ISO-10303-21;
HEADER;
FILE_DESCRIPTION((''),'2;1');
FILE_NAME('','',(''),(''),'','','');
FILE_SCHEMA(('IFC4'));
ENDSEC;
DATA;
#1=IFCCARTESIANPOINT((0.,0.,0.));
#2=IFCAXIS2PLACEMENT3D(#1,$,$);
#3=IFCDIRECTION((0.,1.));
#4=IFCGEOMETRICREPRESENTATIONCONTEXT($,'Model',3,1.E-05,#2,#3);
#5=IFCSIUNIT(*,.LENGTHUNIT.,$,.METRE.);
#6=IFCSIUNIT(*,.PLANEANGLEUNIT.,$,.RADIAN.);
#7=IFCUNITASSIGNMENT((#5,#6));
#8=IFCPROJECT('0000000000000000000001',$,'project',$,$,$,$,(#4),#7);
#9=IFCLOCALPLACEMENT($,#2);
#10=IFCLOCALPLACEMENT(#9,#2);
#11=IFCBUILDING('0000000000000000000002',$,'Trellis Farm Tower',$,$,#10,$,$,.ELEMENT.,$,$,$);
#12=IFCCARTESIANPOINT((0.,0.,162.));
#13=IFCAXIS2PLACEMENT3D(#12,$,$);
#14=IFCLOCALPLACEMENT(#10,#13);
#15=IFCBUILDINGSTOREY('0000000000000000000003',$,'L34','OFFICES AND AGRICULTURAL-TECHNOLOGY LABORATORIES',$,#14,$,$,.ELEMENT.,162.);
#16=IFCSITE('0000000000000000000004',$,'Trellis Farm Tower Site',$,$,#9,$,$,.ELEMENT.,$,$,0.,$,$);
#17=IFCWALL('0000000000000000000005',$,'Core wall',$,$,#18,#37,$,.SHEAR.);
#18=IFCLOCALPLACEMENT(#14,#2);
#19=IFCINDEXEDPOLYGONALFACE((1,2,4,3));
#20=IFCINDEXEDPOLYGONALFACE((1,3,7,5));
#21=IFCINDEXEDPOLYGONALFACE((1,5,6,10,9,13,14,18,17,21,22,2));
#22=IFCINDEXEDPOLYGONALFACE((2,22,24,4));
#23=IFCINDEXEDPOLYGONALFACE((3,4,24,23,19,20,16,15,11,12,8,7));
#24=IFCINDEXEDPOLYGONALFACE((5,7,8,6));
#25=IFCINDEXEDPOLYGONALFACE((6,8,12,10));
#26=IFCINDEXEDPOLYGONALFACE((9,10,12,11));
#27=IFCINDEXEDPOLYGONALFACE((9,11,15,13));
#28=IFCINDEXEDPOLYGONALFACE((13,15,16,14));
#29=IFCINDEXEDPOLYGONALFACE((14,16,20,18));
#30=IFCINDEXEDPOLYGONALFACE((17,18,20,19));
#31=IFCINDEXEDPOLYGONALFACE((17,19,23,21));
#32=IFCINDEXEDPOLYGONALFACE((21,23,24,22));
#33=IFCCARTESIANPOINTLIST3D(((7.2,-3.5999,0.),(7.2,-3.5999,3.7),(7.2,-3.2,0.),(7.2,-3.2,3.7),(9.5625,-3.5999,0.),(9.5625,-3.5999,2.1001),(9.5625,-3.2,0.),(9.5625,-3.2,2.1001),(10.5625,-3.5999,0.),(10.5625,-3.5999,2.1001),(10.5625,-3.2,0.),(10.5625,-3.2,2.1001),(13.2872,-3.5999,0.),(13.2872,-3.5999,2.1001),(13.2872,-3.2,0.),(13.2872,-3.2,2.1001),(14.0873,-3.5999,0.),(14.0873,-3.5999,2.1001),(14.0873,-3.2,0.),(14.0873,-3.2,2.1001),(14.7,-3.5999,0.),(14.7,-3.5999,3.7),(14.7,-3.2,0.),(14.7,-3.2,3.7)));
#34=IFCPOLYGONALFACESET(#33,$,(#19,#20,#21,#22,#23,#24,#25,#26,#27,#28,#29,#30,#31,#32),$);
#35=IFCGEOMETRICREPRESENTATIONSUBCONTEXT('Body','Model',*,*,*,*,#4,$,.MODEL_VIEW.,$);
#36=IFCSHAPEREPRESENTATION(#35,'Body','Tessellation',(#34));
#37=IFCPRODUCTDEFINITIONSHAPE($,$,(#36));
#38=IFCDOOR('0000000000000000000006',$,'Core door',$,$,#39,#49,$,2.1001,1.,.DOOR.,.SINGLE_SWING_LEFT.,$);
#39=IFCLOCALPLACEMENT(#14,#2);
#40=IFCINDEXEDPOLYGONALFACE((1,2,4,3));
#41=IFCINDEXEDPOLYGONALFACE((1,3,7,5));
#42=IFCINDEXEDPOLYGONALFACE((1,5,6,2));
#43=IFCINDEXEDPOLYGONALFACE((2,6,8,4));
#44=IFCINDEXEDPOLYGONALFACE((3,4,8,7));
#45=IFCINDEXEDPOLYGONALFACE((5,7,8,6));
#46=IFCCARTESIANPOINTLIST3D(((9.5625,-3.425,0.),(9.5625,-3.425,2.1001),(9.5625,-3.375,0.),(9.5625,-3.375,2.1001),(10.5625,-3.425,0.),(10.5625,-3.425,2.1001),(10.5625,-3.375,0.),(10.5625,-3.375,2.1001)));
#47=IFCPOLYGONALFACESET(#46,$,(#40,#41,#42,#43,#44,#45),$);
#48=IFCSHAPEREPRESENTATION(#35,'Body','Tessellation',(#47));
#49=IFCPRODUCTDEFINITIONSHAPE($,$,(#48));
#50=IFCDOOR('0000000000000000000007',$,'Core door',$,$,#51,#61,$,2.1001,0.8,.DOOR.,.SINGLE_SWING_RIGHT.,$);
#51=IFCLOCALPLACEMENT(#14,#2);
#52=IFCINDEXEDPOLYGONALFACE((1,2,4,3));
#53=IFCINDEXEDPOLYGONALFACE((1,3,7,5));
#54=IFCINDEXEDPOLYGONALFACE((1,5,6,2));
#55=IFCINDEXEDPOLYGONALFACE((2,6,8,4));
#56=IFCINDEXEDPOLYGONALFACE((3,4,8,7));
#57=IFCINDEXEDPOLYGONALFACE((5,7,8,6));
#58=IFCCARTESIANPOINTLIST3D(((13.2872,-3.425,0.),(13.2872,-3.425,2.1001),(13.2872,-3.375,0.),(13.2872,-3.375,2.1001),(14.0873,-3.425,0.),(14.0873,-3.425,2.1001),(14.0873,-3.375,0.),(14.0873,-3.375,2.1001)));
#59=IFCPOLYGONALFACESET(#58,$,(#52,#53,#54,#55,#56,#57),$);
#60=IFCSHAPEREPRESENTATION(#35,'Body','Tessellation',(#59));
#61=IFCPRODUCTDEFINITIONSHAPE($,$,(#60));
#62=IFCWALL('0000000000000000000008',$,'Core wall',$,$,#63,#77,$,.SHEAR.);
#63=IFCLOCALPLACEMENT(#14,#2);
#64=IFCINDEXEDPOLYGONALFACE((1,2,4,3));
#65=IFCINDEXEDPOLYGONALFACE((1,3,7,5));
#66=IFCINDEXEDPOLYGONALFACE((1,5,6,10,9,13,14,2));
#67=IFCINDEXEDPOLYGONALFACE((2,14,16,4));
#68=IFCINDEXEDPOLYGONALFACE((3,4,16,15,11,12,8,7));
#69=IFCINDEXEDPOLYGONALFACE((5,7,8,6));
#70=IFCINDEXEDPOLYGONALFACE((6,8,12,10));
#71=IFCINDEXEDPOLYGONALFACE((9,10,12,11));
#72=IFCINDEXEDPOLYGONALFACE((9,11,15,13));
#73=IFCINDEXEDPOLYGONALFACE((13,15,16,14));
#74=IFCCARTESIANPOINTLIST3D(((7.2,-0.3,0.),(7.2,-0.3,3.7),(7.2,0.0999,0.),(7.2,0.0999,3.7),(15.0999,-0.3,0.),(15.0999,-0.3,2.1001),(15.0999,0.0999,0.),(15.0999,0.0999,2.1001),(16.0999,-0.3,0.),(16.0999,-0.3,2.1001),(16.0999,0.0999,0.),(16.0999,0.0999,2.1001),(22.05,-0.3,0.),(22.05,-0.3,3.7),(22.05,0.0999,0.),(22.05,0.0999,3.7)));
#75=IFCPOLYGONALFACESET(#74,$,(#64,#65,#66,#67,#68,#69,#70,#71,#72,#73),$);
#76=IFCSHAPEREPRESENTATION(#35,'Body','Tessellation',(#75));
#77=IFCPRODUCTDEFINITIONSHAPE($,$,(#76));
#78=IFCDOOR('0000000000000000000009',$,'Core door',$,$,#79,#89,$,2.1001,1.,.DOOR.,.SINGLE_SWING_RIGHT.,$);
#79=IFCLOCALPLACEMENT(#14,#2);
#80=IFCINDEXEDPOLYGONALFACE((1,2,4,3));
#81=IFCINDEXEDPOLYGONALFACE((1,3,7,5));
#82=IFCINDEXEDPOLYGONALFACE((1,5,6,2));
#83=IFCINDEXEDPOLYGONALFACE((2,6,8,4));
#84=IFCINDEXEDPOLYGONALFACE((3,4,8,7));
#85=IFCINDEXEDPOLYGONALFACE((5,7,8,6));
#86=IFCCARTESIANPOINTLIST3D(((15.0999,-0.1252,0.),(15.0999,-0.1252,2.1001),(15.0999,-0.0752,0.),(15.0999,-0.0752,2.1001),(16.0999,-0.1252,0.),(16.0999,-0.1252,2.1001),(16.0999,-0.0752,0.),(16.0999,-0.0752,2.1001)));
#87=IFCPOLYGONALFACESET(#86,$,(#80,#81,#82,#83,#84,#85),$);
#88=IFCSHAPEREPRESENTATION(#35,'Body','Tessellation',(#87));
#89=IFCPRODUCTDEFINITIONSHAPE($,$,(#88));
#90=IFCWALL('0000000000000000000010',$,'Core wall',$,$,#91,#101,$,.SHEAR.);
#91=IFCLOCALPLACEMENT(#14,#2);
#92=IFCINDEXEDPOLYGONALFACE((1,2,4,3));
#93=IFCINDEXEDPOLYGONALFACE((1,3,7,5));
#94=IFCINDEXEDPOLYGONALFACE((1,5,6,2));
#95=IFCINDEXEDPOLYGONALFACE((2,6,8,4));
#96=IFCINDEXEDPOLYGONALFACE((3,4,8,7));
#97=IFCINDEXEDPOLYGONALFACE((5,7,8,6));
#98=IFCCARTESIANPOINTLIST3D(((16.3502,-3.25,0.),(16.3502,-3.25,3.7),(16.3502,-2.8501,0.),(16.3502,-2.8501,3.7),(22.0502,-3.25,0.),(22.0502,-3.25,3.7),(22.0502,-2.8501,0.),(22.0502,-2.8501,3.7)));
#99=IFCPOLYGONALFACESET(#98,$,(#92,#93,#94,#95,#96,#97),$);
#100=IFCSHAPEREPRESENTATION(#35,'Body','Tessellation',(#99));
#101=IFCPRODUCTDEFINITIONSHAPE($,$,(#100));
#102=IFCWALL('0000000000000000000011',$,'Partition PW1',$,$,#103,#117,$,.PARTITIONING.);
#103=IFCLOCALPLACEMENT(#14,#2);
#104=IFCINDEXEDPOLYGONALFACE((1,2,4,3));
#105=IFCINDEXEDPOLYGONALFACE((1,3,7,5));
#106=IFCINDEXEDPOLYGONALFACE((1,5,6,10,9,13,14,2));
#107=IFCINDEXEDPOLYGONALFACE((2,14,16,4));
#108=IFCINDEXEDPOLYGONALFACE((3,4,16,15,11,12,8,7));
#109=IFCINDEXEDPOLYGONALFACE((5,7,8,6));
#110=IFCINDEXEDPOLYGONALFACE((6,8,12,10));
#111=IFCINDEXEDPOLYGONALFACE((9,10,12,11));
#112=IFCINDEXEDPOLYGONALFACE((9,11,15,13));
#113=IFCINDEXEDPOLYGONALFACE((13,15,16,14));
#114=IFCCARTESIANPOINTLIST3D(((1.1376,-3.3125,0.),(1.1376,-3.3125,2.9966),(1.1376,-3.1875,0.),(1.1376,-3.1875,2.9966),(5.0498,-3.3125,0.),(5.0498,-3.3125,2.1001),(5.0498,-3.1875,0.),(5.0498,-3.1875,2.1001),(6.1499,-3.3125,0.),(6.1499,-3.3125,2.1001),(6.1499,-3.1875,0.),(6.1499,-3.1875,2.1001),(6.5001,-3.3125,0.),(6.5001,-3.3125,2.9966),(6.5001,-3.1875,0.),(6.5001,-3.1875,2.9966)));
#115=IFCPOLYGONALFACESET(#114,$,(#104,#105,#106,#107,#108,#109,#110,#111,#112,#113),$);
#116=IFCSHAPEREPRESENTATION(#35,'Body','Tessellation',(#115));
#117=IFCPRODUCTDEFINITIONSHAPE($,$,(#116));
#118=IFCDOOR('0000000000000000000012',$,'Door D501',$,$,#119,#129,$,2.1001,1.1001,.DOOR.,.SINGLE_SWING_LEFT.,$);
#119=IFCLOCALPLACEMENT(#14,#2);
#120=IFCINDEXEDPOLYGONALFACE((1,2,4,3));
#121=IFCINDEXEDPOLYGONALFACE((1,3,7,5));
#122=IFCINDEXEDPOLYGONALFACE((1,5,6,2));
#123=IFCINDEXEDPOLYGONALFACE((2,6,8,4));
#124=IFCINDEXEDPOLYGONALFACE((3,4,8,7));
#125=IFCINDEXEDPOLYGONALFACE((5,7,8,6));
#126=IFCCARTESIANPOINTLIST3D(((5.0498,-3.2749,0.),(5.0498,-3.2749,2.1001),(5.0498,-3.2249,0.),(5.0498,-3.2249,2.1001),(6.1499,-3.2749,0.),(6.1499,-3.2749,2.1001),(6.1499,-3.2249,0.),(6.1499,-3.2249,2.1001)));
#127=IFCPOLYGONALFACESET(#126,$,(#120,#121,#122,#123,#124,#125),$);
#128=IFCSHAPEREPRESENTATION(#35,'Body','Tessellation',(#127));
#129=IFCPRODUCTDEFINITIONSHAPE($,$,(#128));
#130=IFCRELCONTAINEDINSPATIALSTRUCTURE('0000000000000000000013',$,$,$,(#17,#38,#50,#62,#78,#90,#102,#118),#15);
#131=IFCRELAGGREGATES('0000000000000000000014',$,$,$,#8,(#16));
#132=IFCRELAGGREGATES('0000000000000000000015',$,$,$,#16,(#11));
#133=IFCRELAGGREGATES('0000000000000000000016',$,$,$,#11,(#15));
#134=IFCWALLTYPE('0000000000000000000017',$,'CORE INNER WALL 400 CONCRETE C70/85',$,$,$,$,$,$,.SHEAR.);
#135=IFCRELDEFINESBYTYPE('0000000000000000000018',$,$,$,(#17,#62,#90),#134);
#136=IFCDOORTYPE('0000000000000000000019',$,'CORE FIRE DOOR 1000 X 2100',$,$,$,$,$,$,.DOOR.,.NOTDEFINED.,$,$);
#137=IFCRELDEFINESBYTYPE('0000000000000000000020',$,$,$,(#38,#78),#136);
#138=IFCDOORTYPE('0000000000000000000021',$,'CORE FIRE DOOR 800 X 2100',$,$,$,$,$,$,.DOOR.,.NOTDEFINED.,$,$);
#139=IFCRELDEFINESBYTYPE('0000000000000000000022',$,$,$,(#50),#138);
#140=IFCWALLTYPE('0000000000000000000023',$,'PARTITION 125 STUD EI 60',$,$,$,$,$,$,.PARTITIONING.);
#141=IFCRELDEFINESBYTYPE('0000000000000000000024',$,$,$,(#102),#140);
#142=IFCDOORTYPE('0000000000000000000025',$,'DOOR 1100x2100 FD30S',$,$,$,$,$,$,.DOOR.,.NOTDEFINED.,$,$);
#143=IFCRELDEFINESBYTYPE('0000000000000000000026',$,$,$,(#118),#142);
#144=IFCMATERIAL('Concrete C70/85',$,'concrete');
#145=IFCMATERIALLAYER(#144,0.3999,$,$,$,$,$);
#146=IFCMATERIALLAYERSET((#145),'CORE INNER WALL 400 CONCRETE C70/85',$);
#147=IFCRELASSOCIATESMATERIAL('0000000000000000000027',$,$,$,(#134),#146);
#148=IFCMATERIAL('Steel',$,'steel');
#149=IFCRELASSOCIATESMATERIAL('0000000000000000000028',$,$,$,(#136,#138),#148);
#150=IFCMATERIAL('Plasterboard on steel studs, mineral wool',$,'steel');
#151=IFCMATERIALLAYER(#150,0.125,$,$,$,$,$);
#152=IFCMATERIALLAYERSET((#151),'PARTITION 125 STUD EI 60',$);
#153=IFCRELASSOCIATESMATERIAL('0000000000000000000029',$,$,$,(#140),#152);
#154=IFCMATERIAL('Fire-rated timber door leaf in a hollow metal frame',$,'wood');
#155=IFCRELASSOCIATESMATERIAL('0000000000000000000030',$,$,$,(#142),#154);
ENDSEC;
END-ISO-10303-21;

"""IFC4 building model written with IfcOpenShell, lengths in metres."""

from ifc_helpers import new_model, si_unit, direction, frame, frame_2d, origin, place, context, subcontext, project, spatial, rectangle, extrude, source, transform, mapped, material, layer, layer_set, type_object, element, fill, save


model = new_model("IFC4")

# Units and contexts
model_context = context("Model", 3, precision=1e-05, world=origin(), true_north=direction((0.0, 1.0)))
body_context = subcontext(model_context, "Body", "Model", "MODEL_VIEW")
ifc_project = project(units=[si_unit("LENGTHUNIT", "METRE"), si_unit("PLANEANGLEUNIT", "RADIAN")], contexts=[model_context])

# Site, building, storey
site_placement = place(None, origin())
site = spatial("IfcSite", under=ifc_project, at=site_placement, Name="Trellis Farm Tower Site", CompositionType="ELEMENT", RefElevation=0.0)
building_placement = place(site_placement, origin())
building = spatial("IfcBuilding", under=site, at=building_placement, Name="Trellis Farm Tower", CompositionType="ELEMENT")
storey_placement = place(building_placement, frame((0.0, 0.0, 162.0)))
storey = spatial("IfcBuildingStorey", under=building, at=storey_placement, Name="L34", Description="OFFICES AND AGRICULTURAL-TECHNOLOGY LABORATORIES", CompositionType="ELEMENT", Elevation=162.0)

# Shared definitions
ifc_material_1 = material(Name="Concrete C70/85", Category="concrete")

# Wall, openings, doors
ifc_layer_1 = layer(ifc_material_1, 0.3999)
ifc_layer_set_1 = layer_set([ifc_layer_1], Name="CORE INNER WALL 400 CONCRETE C70/85")
wall_type_1 = type_object("IfcWallType", Name="CORE INNER WALL 400 CONCRETE C70/85", PredefinedType="SHEAR", material=ifc_layer_set_1)
shared_shape_1 = source(origin(), body_context, "Body", "SweptSolid", [
    extrude(rectangle(XDim=7.5, YDim=0.3999, at=frame_2d((3.75, 0.0))), origin(), (0.0, 0.0, 1.0), 3.7),
])
wall_1_placement = place(storey_placement, frame((7.2, -3.3999, 0.0), z_axis=(0.0, 0.0, 1.0), x_axis=(1.0, 0.0, 0.0)))
wall_1 = element("IfcWall", 1, at=wall_1_placement, inside=storey, type_object=wall_type_1, Name="Core wall", PredefinedType="SHEAR", context=body_context, shape_type="MappedRepresentation", body=[
    mapped(shared_shape_1, transform((0.0, 0.0, 0.0))),
])
shared_shape_2 = source(origin(), body_context, "Body", "SweptSolid", [
    extrude(rectangle(XDim=1.0, YDim=2.1001, at=frame_2d((0.5, 1.05))), frame((0.0, 0.21, 0.0), z_axis=(0.0, -1.0, 0.0), x_axis=(1.0, 0.0, 0.0)), (0.0, 0.0, 1.0), 0.4199),
])
opening_1_placement = place(wall_1_placement, frame((2.3625, 0.0, 0.0)))
opening_1 = element("IfcOpeningElement", 2, at=opening_1_placement, cuts=wall_1, PredefinedType="OPENING", context=body_context, shape_type="MappedRepresentation", body=[
    mapped(shared_shape_2, transform((0.0, 0.0, 0.0))),
])
shared_shape_3 = source(origin(), body_context, "Body", "SweptSolid", [
    extrude(rectangle(XDim=0.8, YDim=2.1001, at=frame_2d((0.3999, 1.05))), frame((0.0, 0.21, 0.0), z_axis=(0.0, -1.0, 0.0), x_axis=(1.0, 0.0, 0.0)), (0.0, 0.0, 1.0), 0.4199),
])
opening_2_placement = place(wall_1_placement, frame((6.0874, 0.0, 0.0)))
opening_2 = element("IfcOpeningElement", 3, at=opening_2_placement, cuts=wall_1, PredefinedType="OPENING", context=body_context, shape_type="MappedRepresentation", body=[
    mapped(shared_shape_3, transform((0.0, 0.0, 0.0))),
])
ifc_material_2 = material(Name="Steel", Category="steel")
door_type_1 = type_object("IfcDoorType", Name="CORE FIRE DOOR 1000 X 2100", OperationType="NOTDEFINED", PredefinedType="DOOR", material=ifc_material_2)
shared_shape_4 = source(origin(), body_context, "Body", "SweptSolid", [
    extrude(rectangle(XDim=1.0, YDim=2.1001, at=frame_2d((0.5, 1.05))), frame((0.0, 0.0249, 0.0), z_axis=(0.0, -1.0, 0.0), x_axis=(1.0, 0.0, 0.0)), (0.0, 0.0, 1.0), 0.05),
])
door_1_placement = place(opening_1_placement, origin())
door_1 = element("IfcDoor", 4, at=door_1_placement, inside=storey, type_object=door_type_1, Name="Core door", OperationType="SINGLE_SWING_LEFT", OverallHeight=2.1001, OverallWidth=1.0, PredefinedType="DOOR", context=body_context, shape_type="MappedRepresentation", body=[
    mapped(shared_shape_4, transform((0.0, 0.0, 0.0))),
])
fill(opening_1, door_1)
door_type_2 = type_object("IfcDoorType", Name="CORE FIRE DOOR 800 X 2100", OperationType="NOTDEFINED", PredefinedType="DOOR", material=ifc_material_2)
shared_shape_5 = source(origin(), body_context, "Body", "SweptSolid", [
    extrude(rectangle(XDim=0.8, YDim=2.1001, at=frame_2d((0.3999, 1.05))), frame((0.0, 0.0249, 0.0), z_axis=(0.0, -1.0, 0.0), x_axis=(1.0, 0.0, 0.0)), (0.0, 0.0, 1.0), 0.05),
])
door_2_placement = place(opening_2_placement, origin())
door_2 = element("IfcDoor", 5, at=door_2_placement, inside=storey, type_object=door_type_2, Name="Core door", OperationType="SINGLE_SWING_RIGHT", OverallHeight=2.1001, OverallWidth=0.8, PredefinedType="DOOR", context=body_context, shape_type="MappedRepresentation", body=[
    mapped(shared_shape_5, transform((0.0, 0.0, 0.0))),
])
fill(opening_2, door_2)

# Wall, opening, door
shared_shape_6 = source(origin(), body_context, "Body", "SweptSolid", [
    extrude(rectangle(XDim=14.8501, YDim=0.3999, at=frame_2d((7.425, 0.0))), origin(), (0.0, 0.0, 1.0), 3.7),
])
wall_2_placement = place(storey_placement, frame((7.2, -0.1001, 0.0), z_axis=(0.0, 0.0, 1.0), x_axis=(1.0, 0.0, 0.0)))
wall_2 = element("IfcWall", 6, at=wall_2_placement, inside=storey, type_object=wall_type_1, Name="Core wall", PredefinedType="SHEAR", context=body_context, shape_type="MappedRepresentation", body=[
    mapped(shared_shape_6, transform((0.0, 0.0, 0.0))),
])
opening_3_placement = place(wall_2_placement, frame((7.8999, 0.0, 0.0)))
opening_3 = element("IfcOpeningElement", 7, at=opening_3_placement, cuts=wall_2, PredefinedType="OPENING", context=body_context, shape_type="MappedRepresentation", body=[
    mapped(shared_shape_2, transform((0.0, 0.0, 0.0))),
])
door_3_placement = place(opening_3_placement, origin())
door_3 = element("IfcDoor", 8, at=door_3_placement, inside=storey, type_object=door_type_1, Name="Core door", OperationType="SINGLE_SWING_RIGHT", OverallHeight=2.1001, OverallWidth=1.0, PredefinedType="DOOR", context=body_context, shape_type="MappedRepresentation", body=[
    mapped(shared_shape_4, transform((0.0, 0.0, 0.0))),
])
fill(opening_3, door_3)

# Wall
shared_shape_7 = source(origin(), body_context, "Body", "SweptSolid", [
    extrude(rectangle(XDim=5.7, YDim=0.3999, at=frame_2d((2.8501, 0.0))), origin(), (0.0, 0.0, 1.0), 3.7),
])
wall_3_placement = place(storey_placement, frame((16.3501, -3.05, 0.0), z_axis=(0.0, 0.0, 1.0), x_axis=(1.0, 0.0, 0.0)))
element("IfcWall", 9, at=wall_3_placement, inside=storey, type_object=wall_type_1, Name="Core wall", PredefinedType="SHEAR", context=body_context, shape_type="MappedRepresentation", body=[
    mapped(shared_shape_7, transform((0.0, 0.0, 0.0))),
])

# Wall, opening, door
ifc_material_3 = material(Name="Plasterboard on steel studs, mineral wool", Category="steel")
ifc_layer_2 = layer(ifc_material_3, 0.125)
ifc_layer_set_2 = layer_set([ifc_layer_2], Name="PARTITION 125 STUD EI 60")
wall_type_2 = type_object("IfcWallType", Name="PARTITION 125 STUD EI 60", PredefinedType="PARTITIONING", material=ifc_layer_set_2)
shared_shape_8 = source(origin(), body_context, "Body", "SweptSolid", [
    extrude(rectangle(XDim=5.3625, YDim=0.125, at=frame_2d((2.6812, 0.0))), origin(), (0.0, 0.0, 1.0), 2.9966),
])
wall_4_placement = place(storey_placement, frame((6.5, -3.25, 0.0), z_axis=(0.0, 0.0, 1.0), x_axis=(-1.0, 0.0, 0.0)))
wall_4 = element("IfcWall", 10, at=wall_4_placement, inside=storey, type_object=wall_type_2, Name="Partition PW1", PredefinedType="PARTITIONING", context=body_context, shape_type="MappedRepresentation", body=[
    mapped(shared_shape_8, transform((0.0, 0.0, 0.0))),
])
shared_shape_9 = source(origin(), body_context, "Body", "SweptSolid", [
    extrude(rectangle(XDim=1.1001, YDim=2.1001, at=frame_2d((0.55, 1.05))), frame((0.0, 0.0725, 0.0), z_axis=(0.0, -1.0, 0.0), x_axis=(1.0, 0.0, 0.0)), (0.0, 0.0, 1.0), 0.145),
])
opening_4_placement = place(wall_4_placement, frame((0.3501, 0.0, 0.0)))
opening_4 = element("IfcOpeningElement", 11, at=opening_4_placement, cuts=wall_4, PredefinedType="OPENING", context=body_context, shape_type="MappedRepresentation", body=[
    mapped(shared_shape_9, transform((0.0, 0.0, 0.0))),
])
ifc_material_4 = material(Name="Fire-rated timber door leaf in a hollow metal frame", Category="wood")
door_type_3 = type_object("IfcDoorType", Name="DOOR 1100x2100 FD30S", OperationType="NOTDEFINED", PredefinedType="DOOR", material=ifc_material_4)
shared_shape_10 = source(origin(), body_context, "Body", "SweptSolid", [
    extrude(rectangle(XDim=1.1001, YDim=2.1001, at=frame_2d((0.55, 1.05))), frame((0.0, 0.0249, 0.0), z_axis=(0.0, -1.0, 0.0), x_axis=(1.0, 0.0, 0.0)), (0.0, 0.0, 1.0), 0.05),
])
door_4_placement = place(opening_4_placement, origin())
door_4 = element("IfcDoor", 12, at=door_4_placement, inside=storey, type_object=door_type_3, Name="Door D501", OperationType="SINGLE_SWING_LEFT", OverallHeight=2.1001, OverallWidth=1.1001, PredefinedType="DOOR", context=body_context, shape_type="MappedRepresentation", body=[
    mapped(shared_shape_10, transform((0.0, 0.0, 0.0))),
])
fill(opening_4, door_4)

save(model, "model.ifc")
